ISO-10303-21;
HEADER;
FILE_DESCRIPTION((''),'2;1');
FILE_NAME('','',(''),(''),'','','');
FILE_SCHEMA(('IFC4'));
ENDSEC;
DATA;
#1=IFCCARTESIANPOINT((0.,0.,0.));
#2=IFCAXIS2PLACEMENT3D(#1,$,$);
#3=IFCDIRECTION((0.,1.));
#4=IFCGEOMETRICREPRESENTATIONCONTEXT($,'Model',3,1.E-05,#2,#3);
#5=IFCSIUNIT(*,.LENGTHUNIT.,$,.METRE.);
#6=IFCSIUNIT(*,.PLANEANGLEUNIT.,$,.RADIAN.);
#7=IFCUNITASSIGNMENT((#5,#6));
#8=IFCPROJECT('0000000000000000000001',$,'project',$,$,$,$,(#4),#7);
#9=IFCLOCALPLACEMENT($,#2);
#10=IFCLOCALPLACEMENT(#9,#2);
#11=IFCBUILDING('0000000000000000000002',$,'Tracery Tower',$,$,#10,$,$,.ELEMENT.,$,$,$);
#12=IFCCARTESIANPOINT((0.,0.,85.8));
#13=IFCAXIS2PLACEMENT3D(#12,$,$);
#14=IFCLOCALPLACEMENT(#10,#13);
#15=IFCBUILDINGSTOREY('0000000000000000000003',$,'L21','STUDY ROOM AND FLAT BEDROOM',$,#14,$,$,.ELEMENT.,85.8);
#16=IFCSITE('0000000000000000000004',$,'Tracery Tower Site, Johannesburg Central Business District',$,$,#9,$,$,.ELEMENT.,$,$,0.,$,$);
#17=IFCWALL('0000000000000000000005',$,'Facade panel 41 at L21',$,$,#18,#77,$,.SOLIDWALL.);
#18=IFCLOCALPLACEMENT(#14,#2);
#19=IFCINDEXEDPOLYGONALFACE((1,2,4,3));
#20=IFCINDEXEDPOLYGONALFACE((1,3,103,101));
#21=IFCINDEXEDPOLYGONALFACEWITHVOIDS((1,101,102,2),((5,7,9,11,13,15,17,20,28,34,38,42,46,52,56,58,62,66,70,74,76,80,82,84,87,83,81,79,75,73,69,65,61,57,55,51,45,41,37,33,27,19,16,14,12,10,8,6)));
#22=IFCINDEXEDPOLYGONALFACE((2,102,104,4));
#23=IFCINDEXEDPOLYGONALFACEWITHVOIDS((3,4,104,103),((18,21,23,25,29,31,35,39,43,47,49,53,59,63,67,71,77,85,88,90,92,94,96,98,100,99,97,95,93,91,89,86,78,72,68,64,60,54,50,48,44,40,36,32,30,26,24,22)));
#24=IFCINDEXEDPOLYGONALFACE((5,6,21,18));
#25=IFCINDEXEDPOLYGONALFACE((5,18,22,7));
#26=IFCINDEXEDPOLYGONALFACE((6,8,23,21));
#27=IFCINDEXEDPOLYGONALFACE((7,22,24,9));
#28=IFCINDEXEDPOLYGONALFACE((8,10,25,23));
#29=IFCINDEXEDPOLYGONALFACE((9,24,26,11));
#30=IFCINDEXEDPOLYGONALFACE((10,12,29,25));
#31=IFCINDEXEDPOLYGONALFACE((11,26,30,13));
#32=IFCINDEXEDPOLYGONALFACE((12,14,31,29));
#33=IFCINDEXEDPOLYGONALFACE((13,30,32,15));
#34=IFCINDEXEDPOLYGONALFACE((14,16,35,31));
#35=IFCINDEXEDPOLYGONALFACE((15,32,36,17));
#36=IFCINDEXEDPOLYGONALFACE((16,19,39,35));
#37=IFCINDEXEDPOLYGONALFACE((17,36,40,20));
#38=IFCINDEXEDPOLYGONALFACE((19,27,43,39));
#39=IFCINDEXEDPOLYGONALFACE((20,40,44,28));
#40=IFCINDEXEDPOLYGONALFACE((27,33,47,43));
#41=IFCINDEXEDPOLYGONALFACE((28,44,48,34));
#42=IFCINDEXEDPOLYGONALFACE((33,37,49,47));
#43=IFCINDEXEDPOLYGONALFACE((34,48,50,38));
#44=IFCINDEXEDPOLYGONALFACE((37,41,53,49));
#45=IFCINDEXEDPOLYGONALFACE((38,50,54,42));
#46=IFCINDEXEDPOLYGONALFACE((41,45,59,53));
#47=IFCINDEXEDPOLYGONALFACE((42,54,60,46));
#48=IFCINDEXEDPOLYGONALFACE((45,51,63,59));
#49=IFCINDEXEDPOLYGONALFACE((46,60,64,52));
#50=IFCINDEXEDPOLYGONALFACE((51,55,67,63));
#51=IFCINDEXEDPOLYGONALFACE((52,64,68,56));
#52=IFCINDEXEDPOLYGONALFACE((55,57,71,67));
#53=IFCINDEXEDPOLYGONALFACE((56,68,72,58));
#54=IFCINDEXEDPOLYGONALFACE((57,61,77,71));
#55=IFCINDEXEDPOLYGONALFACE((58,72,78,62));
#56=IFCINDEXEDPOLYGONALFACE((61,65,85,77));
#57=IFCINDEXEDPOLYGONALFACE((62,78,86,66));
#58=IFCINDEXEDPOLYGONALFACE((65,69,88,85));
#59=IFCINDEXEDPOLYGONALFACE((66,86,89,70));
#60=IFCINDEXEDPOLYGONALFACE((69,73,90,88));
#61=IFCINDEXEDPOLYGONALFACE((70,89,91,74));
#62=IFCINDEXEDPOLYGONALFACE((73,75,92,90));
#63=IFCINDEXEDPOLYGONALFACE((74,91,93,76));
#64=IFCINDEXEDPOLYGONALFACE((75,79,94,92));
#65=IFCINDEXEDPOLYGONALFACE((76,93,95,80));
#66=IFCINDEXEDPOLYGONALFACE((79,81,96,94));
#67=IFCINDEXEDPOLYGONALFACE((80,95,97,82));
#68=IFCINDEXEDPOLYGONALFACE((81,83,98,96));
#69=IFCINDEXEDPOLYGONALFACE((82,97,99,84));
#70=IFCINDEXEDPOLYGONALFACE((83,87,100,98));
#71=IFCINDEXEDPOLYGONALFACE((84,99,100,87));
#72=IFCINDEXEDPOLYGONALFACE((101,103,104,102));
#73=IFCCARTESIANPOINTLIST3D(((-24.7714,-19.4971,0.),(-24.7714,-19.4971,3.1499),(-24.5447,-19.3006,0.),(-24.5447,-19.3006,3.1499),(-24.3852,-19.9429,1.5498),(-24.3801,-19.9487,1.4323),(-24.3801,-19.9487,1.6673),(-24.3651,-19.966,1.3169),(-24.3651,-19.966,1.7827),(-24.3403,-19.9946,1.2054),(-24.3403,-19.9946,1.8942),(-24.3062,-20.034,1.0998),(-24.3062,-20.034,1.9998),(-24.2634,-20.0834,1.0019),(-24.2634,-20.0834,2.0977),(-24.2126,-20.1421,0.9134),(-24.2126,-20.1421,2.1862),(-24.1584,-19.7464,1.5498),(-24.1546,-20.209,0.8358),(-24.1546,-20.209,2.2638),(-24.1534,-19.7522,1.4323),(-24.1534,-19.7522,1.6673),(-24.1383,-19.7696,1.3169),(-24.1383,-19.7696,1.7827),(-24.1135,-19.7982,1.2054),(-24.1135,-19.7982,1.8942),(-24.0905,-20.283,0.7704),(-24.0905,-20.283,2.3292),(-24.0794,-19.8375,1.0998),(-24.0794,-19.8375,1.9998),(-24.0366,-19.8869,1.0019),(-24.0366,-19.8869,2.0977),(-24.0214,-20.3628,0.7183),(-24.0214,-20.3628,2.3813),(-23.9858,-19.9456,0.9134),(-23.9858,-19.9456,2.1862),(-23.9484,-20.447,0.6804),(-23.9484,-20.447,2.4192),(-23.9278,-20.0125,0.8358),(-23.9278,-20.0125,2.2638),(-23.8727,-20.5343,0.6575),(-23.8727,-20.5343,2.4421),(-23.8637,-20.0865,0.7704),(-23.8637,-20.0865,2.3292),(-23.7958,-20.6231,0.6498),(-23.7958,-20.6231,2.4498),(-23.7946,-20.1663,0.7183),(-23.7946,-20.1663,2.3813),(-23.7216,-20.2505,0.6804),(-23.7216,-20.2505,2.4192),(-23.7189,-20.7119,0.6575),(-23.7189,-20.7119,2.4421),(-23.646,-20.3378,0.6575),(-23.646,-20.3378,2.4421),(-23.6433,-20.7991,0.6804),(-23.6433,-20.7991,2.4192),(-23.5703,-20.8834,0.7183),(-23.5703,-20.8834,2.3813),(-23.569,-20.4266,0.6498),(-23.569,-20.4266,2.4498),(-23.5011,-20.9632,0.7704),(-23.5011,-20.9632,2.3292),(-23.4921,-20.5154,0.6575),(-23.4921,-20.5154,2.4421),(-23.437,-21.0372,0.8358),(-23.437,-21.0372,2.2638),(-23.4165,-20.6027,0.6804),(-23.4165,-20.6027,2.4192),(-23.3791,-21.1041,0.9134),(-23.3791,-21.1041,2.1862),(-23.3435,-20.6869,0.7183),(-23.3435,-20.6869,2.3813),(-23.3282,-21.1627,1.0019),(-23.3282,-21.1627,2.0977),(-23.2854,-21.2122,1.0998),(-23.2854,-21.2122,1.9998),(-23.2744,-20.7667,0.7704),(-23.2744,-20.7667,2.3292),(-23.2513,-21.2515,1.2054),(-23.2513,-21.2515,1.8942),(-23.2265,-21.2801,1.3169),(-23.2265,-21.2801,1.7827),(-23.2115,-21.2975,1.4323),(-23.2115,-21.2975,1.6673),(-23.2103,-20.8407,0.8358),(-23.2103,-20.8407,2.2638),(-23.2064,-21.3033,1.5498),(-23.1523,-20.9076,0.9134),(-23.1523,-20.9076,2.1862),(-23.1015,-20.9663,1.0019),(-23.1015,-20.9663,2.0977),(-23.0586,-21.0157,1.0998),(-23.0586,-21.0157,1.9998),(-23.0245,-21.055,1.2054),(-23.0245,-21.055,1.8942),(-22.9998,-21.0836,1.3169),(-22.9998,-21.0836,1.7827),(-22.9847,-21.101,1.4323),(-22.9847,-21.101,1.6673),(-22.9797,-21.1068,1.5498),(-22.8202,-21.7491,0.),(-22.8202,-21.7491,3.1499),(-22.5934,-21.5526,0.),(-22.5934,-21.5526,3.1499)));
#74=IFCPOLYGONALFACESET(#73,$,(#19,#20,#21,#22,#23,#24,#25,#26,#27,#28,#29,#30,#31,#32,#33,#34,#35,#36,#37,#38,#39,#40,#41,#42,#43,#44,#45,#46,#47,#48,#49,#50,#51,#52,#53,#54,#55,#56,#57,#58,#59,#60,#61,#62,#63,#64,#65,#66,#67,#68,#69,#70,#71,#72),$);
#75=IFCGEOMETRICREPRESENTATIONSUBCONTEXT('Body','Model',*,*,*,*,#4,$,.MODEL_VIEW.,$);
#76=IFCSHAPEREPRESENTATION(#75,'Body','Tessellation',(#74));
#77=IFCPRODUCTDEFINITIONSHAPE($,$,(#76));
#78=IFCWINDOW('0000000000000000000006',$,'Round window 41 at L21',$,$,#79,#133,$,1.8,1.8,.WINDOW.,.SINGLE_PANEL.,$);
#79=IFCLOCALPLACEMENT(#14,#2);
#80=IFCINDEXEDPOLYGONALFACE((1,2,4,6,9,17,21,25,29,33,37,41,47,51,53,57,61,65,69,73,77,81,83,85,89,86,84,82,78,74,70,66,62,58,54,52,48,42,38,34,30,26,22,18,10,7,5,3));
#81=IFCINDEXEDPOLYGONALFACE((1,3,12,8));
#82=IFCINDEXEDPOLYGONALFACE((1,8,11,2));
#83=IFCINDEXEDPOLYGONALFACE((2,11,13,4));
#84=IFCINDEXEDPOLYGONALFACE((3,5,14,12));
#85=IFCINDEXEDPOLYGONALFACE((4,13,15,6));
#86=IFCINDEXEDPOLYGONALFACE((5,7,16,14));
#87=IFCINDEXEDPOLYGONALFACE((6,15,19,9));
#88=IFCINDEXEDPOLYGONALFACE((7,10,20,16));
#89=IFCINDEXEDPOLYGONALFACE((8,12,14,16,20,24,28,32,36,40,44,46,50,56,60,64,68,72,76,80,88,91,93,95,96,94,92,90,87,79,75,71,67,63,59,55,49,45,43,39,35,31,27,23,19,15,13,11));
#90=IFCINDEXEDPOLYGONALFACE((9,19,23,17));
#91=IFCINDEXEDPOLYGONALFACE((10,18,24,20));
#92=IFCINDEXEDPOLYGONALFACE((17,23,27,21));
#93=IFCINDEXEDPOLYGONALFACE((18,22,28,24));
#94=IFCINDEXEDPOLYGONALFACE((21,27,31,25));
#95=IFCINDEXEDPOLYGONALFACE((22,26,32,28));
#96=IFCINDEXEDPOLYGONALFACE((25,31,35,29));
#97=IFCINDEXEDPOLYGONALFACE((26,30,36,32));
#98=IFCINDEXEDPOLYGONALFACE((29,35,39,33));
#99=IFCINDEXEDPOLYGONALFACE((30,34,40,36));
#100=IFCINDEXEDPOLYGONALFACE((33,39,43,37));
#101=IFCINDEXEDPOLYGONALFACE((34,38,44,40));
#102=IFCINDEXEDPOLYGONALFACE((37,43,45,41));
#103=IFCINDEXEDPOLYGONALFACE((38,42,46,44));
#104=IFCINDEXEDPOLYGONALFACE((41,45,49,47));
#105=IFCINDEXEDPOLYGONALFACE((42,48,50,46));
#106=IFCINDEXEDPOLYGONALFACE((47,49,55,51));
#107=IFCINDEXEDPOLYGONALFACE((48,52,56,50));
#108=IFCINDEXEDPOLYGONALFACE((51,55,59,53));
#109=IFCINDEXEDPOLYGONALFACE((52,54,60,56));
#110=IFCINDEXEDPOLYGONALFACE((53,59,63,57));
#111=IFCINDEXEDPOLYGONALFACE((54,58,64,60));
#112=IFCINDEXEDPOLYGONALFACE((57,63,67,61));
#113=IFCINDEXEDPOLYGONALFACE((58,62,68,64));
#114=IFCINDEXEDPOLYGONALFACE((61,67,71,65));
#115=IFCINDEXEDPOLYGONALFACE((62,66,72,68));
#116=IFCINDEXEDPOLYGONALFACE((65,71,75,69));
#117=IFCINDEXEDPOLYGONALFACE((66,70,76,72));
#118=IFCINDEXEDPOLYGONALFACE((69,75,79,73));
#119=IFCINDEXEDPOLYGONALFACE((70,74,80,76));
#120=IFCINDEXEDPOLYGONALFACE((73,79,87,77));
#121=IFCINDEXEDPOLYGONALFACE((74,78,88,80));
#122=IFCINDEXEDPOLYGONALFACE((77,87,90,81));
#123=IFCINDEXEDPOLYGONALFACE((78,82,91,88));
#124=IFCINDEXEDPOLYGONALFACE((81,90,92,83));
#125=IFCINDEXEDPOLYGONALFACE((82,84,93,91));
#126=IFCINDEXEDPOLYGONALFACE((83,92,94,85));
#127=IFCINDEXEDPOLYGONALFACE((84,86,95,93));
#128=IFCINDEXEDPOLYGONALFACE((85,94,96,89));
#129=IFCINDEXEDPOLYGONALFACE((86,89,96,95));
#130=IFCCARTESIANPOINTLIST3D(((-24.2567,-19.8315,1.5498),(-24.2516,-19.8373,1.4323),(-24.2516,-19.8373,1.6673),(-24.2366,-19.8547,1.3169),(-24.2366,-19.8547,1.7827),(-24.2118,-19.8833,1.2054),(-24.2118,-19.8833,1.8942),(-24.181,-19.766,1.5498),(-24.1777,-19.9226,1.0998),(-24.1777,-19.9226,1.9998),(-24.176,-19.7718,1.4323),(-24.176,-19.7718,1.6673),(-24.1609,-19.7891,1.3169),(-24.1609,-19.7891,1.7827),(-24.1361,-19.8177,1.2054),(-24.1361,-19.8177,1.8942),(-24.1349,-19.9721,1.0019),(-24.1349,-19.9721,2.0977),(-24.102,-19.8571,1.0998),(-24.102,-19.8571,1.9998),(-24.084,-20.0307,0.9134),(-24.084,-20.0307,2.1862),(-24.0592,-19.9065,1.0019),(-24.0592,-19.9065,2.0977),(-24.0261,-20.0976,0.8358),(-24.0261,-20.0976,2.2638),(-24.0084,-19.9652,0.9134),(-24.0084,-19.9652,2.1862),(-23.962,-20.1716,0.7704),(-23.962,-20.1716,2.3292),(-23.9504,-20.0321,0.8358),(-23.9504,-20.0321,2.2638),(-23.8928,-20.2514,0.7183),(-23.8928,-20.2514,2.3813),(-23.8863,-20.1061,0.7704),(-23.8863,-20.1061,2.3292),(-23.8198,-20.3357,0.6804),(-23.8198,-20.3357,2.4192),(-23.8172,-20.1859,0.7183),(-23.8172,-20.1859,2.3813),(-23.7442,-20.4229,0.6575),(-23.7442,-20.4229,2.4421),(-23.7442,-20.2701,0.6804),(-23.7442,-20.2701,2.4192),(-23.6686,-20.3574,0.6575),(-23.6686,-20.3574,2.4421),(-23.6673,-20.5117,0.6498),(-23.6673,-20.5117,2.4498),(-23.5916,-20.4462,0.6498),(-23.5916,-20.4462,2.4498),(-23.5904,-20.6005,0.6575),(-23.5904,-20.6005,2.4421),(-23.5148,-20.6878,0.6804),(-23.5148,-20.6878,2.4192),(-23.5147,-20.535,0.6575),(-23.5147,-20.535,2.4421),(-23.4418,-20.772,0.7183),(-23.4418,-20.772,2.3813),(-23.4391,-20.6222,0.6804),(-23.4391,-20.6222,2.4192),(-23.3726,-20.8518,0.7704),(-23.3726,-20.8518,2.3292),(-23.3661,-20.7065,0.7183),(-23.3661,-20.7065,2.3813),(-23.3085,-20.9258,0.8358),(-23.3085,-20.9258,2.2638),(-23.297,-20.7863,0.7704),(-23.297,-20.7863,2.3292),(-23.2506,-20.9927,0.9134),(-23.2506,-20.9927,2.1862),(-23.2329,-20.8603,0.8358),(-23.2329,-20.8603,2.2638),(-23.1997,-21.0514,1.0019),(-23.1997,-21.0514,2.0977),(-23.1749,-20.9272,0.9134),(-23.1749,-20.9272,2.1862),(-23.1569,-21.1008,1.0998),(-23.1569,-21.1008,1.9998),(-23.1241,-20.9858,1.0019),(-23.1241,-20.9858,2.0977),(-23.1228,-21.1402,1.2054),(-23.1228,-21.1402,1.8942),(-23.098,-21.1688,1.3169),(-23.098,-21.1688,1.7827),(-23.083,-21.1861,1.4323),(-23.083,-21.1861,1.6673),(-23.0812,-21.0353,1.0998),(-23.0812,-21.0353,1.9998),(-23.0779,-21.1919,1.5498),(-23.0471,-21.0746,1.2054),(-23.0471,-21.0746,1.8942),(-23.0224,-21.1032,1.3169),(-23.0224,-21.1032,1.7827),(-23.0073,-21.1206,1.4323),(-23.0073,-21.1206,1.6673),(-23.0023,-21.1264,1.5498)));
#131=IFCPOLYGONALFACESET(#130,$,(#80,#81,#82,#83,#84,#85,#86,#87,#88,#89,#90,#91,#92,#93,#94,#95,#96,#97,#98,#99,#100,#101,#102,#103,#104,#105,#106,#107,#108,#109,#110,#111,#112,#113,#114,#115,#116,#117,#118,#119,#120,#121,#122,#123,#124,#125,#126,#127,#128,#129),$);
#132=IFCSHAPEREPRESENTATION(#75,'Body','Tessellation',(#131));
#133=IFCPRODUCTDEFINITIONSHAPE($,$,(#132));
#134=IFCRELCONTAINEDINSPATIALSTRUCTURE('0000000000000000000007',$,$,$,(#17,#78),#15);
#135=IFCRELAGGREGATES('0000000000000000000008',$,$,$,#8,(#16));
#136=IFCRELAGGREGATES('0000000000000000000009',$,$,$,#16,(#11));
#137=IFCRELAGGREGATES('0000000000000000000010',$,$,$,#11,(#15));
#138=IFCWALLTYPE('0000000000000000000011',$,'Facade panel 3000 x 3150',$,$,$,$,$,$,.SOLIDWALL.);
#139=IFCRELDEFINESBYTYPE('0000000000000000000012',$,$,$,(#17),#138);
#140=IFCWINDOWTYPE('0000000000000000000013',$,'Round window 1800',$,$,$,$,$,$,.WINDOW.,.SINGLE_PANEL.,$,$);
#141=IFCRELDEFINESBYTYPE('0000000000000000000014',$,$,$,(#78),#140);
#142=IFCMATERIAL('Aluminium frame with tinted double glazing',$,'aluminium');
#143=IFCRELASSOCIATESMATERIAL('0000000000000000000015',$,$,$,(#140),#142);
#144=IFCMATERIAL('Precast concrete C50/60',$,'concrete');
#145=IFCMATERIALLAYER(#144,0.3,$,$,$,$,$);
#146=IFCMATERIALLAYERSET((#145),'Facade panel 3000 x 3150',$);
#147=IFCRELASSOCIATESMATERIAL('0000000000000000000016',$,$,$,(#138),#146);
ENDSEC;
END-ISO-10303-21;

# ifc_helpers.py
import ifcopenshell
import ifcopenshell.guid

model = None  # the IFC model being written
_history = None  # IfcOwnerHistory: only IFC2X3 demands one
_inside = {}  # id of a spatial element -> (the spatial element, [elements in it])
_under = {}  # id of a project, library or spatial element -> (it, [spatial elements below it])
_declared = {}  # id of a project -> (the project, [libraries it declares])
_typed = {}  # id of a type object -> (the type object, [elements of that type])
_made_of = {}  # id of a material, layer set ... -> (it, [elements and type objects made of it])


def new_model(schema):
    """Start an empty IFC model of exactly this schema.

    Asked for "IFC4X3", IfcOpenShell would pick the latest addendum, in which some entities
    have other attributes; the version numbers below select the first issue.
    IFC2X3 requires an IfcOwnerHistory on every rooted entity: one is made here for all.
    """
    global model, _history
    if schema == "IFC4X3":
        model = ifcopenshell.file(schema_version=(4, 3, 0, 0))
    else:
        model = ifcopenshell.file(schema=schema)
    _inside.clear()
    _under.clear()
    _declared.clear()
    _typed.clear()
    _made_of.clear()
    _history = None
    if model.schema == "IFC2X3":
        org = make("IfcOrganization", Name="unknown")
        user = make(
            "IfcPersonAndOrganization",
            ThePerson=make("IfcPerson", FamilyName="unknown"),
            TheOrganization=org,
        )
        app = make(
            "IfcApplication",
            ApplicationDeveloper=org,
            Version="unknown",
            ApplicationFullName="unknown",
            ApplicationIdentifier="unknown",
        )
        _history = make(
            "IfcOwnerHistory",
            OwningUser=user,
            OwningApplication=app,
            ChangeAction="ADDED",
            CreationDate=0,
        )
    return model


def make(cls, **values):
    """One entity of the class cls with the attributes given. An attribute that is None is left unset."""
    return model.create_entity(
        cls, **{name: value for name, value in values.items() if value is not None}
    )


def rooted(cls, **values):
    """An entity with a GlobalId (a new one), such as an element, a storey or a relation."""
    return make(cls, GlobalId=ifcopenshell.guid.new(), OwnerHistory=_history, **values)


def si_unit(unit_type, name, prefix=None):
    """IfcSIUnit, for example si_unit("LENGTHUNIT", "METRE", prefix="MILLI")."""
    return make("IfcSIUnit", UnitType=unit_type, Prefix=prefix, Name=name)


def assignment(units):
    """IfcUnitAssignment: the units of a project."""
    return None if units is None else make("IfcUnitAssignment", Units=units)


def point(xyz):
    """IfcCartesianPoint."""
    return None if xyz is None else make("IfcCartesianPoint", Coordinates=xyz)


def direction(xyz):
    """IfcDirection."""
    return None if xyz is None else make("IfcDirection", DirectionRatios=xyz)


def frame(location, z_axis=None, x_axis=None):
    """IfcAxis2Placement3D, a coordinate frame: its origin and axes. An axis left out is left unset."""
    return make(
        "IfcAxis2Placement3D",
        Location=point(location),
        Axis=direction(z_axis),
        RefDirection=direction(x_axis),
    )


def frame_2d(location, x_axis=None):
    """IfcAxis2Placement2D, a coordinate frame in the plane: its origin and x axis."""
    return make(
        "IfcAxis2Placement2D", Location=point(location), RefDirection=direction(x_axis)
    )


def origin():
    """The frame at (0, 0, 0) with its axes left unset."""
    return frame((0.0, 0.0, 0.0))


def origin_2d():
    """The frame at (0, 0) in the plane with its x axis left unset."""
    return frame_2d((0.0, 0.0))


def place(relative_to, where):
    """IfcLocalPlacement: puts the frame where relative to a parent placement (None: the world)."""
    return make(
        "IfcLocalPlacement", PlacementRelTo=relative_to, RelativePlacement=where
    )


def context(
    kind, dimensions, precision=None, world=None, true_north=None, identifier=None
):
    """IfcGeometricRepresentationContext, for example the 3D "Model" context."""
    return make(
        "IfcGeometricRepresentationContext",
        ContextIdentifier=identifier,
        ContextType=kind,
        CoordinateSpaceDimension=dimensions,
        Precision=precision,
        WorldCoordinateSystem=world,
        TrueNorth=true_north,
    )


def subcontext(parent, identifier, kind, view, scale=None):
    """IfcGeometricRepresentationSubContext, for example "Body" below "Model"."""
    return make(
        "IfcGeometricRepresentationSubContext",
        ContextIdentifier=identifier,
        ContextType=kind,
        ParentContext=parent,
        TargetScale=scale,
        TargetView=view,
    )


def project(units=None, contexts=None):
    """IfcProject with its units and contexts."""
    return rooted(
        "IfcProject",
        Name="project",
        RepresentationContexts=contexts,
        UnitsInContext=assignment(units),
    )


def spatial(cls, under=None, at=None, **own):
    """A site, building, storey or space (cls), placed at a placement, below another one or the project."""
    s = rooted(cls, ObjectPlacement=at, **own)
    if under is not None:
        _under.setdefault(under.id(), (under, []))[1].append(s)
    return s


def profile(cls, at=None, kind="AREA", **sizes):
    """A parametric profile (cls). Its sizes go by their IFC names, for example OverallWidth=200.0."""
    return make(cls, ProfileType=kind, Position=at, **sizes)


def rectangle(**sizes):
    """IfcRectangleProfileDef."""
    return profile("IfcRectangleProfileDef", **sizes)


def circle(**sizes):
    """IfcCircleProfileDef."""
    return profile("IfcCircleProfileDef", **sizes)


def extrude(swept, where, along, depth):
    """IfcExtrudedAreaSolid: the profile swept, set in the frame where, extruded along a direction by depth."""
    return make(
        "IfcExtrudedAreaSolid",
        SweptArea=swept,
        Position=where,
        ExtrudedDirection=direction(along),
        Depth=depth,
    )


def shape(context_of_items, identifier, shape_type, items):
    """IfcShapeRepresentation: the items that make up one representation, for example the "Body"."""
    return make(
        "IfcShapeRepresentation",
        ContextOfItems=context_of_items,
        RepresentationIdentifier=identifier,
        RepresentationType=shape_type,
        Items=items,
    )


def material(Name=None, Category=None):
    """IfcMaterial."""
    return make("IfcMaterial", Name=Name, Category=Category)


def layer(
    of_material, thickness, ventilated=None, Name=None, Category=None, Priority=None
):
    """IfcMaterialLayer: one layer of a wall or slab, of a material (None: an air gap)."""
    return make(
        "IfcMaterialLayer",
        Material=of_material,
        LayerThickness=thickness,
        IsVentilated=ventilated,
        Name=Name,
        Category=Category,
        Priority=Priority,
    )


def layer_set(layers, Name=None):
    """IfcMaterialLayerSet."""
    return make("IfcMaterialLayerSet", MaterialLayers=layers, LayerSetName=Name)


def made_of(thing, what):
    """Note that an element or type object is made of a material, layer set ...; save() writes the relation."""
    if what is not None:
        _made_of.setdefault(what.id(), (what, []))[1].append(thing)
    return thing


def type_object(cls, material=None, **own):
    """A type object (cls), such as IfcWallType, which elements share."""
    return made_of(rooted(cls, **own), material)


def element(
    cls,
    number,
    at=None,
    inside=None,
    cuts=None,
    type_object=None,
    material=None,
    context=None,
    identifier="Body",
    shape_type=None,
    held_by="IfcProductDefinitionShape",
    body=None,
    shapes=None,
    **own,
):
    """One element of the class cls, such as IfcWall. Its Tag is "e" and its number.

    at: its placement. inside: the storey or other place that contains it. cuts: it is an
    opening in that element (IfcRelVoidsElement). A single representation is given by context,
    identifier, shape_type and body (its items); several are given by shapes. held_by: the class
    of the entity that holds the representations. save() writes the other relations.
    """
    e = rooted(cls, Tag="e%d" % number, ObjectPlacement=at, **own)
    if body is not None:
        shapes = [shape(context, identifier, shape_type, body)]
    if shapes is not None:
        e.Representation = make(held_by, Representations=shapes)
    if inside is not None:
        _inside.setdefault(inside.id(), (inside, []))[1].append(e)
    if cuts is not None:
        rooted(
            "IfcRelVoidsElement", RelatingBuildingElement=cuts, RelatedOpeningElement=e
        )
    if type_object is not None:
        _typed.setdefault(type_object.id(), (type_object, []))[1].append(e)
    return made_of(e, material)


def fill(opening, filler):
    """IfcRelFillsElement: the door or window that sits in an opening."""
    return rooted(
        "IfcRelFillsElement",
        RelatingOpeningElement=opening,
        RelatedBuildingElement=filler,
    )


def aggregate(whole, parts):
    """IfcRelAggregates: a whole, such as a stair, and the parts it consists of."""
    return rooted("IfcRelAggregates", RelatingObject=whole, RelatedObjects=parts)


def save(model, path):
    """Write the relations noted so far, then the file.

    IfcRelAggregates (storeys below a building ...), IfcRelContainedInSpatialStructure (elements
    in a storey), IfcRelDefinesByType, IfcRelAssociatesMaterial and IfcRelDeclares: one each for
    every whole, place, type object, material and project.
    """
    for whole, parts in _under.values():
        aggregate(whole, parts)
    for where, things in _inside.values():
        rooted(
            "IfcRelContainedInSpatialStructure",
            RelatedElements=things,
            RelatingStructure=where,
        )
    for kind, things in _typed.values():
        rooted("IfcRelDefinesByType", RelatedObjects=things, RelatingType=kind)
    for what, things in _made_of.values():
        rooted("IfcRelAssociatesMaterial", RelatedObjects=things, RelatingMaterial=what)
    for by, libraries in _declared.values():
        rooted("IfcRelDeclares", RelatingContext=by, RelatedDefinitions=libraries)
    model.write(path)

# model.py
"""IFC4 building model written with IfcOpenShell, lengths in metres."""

from ifc_helpers import new_model, si_unit, direction, frame, frame_2d, origin, origin_2d, place, context, subcontext, project, spatial, rectangle, circle, extrude, material, layer, layer_set, type_object, element, fill, save


model = new_model("IFC4")

# Units and contexts
model_context = context("Model", 3, precision=1e-05, world=origin(), true_north=direction((0.0, 1.0)))
body_context = subcontext(model_context, "Body", "Model", "MODEL_VIEW")
ifc_project = project(units=[si_unit("LENGTHUNIT", "METRE"), si_unit("PLANEANGLEUNIT", "RADIAN")], contexts=[model_context])

# Site, building, storey
site_placement = place(None, origin())
site = spatial("IfcSite", under=ifc_project, at=site_placement, Name="Tracery Tower Site, Johannesburg Central Business District", CompositionType="ELEMENT", RefElevation=0.0)
building_placement = place(site_placement, origin())
building = spatial("IfcBuilding", under=site, at=building_placement, Name="Tracery Tower", CompositionType="ELEMENT")
storey_placement = place(building_placement, frame((0.0, 0.0, 85.8)))
storey = spatial("IfcBuildingStorey", under=building, at=storey_placement, Name="L21", Description="STUDY ROOM AND FLAT BEDROOM", CompositionType="ELEMENT", Elevation=85.8)

# Wall, opening, window
ifc_material_1 = material(Name="Aluminium frame with tinted double glazing", Category="aluminium")
window_type = type_object("IfcWindowType", Name="Round window 1800", PartitioningType="SINGLE_PANEL", PredefinedType="WINDOW", material=ifc_material_1)
ifc_material_2 = material(Name="Precast concrete C50/60", Category="concrete")
ifc_layer_1 = layer(ifc_material_2, 0.3)
ifc_layer_set_1 = layer_set([ifc_layer_1], Name="Facade panel 3000 x 3150")
wall_type_1 = type_object("IfcWallType", Name="Facade panel 3000 x 3150", PredefinedType="SOLIDWALL", material=ifc_layer_set_1)
wall_1_placement = place(storey_placement, frame((-24.658, -19.3989, 0.0), z_axis=(0.0, 0.0, 1.0), x_axis=(0.654831, -0.755776, 0.0)))
wall_1 = element("IfcWall", 1, at=wall_1_placement, inside=storey, type_object=wall_type_1, Name="Facade panel 41 at L21", PredefinedType="SOLIDWALL", context=body_context, shape_type="SweptSolid", body=[
    extrude(rectangle(XDim=2.9797, YDim=0.3, at=frame_2d((1.4897, 0.0))), origin(), (0.0, 0.0, 1.0), 3.1499),
])
opening_1_placement = place(wall_1_placement, frame((1.4897, 0.0, 1.5498)))
opening_1 = element("IfcOpeningElement", 2, at=opening_1_placement, cuts=wall_1, PredefinedType="OPENING", context=body_context, shape_type="SweptSolid", body=[
    extrude(circle(Radius=0.9, at=origin_2d()), frame((0.0, 0.1599, 0.0), z_axis=(0.0, -1.0, 0.0), x_axis=(1.0, 0.0, 0.0)), (0.0, 0.0, 1.0), 0.3201),
])
window_1_placement = place(opening_1_placement, origin())
window_1 = element("IfcWindow", 3, at=window_1_placement, inside=storey, type_object=window_type, Name="Round window 41 at L21", OverallHeight=1.8, OverallWidth=1.8, PartitioningType="SINGLE_PANEL", PredefinedType="WINDOW", context=body_context, shape_type="SweptSolid", body=[
    extrude(circle(Radius=0.9, at=origin_2d()), frame((0.0, 0.1201, 0.0), z_axis=(0.0, -1.0, 0.0), x_axis=(1.0, 0.0, 0.0)), (0.0, 0.0, 1.0), 0.1001),
])
fill(opening_1, window_1)

save(model, "model.ifc")
